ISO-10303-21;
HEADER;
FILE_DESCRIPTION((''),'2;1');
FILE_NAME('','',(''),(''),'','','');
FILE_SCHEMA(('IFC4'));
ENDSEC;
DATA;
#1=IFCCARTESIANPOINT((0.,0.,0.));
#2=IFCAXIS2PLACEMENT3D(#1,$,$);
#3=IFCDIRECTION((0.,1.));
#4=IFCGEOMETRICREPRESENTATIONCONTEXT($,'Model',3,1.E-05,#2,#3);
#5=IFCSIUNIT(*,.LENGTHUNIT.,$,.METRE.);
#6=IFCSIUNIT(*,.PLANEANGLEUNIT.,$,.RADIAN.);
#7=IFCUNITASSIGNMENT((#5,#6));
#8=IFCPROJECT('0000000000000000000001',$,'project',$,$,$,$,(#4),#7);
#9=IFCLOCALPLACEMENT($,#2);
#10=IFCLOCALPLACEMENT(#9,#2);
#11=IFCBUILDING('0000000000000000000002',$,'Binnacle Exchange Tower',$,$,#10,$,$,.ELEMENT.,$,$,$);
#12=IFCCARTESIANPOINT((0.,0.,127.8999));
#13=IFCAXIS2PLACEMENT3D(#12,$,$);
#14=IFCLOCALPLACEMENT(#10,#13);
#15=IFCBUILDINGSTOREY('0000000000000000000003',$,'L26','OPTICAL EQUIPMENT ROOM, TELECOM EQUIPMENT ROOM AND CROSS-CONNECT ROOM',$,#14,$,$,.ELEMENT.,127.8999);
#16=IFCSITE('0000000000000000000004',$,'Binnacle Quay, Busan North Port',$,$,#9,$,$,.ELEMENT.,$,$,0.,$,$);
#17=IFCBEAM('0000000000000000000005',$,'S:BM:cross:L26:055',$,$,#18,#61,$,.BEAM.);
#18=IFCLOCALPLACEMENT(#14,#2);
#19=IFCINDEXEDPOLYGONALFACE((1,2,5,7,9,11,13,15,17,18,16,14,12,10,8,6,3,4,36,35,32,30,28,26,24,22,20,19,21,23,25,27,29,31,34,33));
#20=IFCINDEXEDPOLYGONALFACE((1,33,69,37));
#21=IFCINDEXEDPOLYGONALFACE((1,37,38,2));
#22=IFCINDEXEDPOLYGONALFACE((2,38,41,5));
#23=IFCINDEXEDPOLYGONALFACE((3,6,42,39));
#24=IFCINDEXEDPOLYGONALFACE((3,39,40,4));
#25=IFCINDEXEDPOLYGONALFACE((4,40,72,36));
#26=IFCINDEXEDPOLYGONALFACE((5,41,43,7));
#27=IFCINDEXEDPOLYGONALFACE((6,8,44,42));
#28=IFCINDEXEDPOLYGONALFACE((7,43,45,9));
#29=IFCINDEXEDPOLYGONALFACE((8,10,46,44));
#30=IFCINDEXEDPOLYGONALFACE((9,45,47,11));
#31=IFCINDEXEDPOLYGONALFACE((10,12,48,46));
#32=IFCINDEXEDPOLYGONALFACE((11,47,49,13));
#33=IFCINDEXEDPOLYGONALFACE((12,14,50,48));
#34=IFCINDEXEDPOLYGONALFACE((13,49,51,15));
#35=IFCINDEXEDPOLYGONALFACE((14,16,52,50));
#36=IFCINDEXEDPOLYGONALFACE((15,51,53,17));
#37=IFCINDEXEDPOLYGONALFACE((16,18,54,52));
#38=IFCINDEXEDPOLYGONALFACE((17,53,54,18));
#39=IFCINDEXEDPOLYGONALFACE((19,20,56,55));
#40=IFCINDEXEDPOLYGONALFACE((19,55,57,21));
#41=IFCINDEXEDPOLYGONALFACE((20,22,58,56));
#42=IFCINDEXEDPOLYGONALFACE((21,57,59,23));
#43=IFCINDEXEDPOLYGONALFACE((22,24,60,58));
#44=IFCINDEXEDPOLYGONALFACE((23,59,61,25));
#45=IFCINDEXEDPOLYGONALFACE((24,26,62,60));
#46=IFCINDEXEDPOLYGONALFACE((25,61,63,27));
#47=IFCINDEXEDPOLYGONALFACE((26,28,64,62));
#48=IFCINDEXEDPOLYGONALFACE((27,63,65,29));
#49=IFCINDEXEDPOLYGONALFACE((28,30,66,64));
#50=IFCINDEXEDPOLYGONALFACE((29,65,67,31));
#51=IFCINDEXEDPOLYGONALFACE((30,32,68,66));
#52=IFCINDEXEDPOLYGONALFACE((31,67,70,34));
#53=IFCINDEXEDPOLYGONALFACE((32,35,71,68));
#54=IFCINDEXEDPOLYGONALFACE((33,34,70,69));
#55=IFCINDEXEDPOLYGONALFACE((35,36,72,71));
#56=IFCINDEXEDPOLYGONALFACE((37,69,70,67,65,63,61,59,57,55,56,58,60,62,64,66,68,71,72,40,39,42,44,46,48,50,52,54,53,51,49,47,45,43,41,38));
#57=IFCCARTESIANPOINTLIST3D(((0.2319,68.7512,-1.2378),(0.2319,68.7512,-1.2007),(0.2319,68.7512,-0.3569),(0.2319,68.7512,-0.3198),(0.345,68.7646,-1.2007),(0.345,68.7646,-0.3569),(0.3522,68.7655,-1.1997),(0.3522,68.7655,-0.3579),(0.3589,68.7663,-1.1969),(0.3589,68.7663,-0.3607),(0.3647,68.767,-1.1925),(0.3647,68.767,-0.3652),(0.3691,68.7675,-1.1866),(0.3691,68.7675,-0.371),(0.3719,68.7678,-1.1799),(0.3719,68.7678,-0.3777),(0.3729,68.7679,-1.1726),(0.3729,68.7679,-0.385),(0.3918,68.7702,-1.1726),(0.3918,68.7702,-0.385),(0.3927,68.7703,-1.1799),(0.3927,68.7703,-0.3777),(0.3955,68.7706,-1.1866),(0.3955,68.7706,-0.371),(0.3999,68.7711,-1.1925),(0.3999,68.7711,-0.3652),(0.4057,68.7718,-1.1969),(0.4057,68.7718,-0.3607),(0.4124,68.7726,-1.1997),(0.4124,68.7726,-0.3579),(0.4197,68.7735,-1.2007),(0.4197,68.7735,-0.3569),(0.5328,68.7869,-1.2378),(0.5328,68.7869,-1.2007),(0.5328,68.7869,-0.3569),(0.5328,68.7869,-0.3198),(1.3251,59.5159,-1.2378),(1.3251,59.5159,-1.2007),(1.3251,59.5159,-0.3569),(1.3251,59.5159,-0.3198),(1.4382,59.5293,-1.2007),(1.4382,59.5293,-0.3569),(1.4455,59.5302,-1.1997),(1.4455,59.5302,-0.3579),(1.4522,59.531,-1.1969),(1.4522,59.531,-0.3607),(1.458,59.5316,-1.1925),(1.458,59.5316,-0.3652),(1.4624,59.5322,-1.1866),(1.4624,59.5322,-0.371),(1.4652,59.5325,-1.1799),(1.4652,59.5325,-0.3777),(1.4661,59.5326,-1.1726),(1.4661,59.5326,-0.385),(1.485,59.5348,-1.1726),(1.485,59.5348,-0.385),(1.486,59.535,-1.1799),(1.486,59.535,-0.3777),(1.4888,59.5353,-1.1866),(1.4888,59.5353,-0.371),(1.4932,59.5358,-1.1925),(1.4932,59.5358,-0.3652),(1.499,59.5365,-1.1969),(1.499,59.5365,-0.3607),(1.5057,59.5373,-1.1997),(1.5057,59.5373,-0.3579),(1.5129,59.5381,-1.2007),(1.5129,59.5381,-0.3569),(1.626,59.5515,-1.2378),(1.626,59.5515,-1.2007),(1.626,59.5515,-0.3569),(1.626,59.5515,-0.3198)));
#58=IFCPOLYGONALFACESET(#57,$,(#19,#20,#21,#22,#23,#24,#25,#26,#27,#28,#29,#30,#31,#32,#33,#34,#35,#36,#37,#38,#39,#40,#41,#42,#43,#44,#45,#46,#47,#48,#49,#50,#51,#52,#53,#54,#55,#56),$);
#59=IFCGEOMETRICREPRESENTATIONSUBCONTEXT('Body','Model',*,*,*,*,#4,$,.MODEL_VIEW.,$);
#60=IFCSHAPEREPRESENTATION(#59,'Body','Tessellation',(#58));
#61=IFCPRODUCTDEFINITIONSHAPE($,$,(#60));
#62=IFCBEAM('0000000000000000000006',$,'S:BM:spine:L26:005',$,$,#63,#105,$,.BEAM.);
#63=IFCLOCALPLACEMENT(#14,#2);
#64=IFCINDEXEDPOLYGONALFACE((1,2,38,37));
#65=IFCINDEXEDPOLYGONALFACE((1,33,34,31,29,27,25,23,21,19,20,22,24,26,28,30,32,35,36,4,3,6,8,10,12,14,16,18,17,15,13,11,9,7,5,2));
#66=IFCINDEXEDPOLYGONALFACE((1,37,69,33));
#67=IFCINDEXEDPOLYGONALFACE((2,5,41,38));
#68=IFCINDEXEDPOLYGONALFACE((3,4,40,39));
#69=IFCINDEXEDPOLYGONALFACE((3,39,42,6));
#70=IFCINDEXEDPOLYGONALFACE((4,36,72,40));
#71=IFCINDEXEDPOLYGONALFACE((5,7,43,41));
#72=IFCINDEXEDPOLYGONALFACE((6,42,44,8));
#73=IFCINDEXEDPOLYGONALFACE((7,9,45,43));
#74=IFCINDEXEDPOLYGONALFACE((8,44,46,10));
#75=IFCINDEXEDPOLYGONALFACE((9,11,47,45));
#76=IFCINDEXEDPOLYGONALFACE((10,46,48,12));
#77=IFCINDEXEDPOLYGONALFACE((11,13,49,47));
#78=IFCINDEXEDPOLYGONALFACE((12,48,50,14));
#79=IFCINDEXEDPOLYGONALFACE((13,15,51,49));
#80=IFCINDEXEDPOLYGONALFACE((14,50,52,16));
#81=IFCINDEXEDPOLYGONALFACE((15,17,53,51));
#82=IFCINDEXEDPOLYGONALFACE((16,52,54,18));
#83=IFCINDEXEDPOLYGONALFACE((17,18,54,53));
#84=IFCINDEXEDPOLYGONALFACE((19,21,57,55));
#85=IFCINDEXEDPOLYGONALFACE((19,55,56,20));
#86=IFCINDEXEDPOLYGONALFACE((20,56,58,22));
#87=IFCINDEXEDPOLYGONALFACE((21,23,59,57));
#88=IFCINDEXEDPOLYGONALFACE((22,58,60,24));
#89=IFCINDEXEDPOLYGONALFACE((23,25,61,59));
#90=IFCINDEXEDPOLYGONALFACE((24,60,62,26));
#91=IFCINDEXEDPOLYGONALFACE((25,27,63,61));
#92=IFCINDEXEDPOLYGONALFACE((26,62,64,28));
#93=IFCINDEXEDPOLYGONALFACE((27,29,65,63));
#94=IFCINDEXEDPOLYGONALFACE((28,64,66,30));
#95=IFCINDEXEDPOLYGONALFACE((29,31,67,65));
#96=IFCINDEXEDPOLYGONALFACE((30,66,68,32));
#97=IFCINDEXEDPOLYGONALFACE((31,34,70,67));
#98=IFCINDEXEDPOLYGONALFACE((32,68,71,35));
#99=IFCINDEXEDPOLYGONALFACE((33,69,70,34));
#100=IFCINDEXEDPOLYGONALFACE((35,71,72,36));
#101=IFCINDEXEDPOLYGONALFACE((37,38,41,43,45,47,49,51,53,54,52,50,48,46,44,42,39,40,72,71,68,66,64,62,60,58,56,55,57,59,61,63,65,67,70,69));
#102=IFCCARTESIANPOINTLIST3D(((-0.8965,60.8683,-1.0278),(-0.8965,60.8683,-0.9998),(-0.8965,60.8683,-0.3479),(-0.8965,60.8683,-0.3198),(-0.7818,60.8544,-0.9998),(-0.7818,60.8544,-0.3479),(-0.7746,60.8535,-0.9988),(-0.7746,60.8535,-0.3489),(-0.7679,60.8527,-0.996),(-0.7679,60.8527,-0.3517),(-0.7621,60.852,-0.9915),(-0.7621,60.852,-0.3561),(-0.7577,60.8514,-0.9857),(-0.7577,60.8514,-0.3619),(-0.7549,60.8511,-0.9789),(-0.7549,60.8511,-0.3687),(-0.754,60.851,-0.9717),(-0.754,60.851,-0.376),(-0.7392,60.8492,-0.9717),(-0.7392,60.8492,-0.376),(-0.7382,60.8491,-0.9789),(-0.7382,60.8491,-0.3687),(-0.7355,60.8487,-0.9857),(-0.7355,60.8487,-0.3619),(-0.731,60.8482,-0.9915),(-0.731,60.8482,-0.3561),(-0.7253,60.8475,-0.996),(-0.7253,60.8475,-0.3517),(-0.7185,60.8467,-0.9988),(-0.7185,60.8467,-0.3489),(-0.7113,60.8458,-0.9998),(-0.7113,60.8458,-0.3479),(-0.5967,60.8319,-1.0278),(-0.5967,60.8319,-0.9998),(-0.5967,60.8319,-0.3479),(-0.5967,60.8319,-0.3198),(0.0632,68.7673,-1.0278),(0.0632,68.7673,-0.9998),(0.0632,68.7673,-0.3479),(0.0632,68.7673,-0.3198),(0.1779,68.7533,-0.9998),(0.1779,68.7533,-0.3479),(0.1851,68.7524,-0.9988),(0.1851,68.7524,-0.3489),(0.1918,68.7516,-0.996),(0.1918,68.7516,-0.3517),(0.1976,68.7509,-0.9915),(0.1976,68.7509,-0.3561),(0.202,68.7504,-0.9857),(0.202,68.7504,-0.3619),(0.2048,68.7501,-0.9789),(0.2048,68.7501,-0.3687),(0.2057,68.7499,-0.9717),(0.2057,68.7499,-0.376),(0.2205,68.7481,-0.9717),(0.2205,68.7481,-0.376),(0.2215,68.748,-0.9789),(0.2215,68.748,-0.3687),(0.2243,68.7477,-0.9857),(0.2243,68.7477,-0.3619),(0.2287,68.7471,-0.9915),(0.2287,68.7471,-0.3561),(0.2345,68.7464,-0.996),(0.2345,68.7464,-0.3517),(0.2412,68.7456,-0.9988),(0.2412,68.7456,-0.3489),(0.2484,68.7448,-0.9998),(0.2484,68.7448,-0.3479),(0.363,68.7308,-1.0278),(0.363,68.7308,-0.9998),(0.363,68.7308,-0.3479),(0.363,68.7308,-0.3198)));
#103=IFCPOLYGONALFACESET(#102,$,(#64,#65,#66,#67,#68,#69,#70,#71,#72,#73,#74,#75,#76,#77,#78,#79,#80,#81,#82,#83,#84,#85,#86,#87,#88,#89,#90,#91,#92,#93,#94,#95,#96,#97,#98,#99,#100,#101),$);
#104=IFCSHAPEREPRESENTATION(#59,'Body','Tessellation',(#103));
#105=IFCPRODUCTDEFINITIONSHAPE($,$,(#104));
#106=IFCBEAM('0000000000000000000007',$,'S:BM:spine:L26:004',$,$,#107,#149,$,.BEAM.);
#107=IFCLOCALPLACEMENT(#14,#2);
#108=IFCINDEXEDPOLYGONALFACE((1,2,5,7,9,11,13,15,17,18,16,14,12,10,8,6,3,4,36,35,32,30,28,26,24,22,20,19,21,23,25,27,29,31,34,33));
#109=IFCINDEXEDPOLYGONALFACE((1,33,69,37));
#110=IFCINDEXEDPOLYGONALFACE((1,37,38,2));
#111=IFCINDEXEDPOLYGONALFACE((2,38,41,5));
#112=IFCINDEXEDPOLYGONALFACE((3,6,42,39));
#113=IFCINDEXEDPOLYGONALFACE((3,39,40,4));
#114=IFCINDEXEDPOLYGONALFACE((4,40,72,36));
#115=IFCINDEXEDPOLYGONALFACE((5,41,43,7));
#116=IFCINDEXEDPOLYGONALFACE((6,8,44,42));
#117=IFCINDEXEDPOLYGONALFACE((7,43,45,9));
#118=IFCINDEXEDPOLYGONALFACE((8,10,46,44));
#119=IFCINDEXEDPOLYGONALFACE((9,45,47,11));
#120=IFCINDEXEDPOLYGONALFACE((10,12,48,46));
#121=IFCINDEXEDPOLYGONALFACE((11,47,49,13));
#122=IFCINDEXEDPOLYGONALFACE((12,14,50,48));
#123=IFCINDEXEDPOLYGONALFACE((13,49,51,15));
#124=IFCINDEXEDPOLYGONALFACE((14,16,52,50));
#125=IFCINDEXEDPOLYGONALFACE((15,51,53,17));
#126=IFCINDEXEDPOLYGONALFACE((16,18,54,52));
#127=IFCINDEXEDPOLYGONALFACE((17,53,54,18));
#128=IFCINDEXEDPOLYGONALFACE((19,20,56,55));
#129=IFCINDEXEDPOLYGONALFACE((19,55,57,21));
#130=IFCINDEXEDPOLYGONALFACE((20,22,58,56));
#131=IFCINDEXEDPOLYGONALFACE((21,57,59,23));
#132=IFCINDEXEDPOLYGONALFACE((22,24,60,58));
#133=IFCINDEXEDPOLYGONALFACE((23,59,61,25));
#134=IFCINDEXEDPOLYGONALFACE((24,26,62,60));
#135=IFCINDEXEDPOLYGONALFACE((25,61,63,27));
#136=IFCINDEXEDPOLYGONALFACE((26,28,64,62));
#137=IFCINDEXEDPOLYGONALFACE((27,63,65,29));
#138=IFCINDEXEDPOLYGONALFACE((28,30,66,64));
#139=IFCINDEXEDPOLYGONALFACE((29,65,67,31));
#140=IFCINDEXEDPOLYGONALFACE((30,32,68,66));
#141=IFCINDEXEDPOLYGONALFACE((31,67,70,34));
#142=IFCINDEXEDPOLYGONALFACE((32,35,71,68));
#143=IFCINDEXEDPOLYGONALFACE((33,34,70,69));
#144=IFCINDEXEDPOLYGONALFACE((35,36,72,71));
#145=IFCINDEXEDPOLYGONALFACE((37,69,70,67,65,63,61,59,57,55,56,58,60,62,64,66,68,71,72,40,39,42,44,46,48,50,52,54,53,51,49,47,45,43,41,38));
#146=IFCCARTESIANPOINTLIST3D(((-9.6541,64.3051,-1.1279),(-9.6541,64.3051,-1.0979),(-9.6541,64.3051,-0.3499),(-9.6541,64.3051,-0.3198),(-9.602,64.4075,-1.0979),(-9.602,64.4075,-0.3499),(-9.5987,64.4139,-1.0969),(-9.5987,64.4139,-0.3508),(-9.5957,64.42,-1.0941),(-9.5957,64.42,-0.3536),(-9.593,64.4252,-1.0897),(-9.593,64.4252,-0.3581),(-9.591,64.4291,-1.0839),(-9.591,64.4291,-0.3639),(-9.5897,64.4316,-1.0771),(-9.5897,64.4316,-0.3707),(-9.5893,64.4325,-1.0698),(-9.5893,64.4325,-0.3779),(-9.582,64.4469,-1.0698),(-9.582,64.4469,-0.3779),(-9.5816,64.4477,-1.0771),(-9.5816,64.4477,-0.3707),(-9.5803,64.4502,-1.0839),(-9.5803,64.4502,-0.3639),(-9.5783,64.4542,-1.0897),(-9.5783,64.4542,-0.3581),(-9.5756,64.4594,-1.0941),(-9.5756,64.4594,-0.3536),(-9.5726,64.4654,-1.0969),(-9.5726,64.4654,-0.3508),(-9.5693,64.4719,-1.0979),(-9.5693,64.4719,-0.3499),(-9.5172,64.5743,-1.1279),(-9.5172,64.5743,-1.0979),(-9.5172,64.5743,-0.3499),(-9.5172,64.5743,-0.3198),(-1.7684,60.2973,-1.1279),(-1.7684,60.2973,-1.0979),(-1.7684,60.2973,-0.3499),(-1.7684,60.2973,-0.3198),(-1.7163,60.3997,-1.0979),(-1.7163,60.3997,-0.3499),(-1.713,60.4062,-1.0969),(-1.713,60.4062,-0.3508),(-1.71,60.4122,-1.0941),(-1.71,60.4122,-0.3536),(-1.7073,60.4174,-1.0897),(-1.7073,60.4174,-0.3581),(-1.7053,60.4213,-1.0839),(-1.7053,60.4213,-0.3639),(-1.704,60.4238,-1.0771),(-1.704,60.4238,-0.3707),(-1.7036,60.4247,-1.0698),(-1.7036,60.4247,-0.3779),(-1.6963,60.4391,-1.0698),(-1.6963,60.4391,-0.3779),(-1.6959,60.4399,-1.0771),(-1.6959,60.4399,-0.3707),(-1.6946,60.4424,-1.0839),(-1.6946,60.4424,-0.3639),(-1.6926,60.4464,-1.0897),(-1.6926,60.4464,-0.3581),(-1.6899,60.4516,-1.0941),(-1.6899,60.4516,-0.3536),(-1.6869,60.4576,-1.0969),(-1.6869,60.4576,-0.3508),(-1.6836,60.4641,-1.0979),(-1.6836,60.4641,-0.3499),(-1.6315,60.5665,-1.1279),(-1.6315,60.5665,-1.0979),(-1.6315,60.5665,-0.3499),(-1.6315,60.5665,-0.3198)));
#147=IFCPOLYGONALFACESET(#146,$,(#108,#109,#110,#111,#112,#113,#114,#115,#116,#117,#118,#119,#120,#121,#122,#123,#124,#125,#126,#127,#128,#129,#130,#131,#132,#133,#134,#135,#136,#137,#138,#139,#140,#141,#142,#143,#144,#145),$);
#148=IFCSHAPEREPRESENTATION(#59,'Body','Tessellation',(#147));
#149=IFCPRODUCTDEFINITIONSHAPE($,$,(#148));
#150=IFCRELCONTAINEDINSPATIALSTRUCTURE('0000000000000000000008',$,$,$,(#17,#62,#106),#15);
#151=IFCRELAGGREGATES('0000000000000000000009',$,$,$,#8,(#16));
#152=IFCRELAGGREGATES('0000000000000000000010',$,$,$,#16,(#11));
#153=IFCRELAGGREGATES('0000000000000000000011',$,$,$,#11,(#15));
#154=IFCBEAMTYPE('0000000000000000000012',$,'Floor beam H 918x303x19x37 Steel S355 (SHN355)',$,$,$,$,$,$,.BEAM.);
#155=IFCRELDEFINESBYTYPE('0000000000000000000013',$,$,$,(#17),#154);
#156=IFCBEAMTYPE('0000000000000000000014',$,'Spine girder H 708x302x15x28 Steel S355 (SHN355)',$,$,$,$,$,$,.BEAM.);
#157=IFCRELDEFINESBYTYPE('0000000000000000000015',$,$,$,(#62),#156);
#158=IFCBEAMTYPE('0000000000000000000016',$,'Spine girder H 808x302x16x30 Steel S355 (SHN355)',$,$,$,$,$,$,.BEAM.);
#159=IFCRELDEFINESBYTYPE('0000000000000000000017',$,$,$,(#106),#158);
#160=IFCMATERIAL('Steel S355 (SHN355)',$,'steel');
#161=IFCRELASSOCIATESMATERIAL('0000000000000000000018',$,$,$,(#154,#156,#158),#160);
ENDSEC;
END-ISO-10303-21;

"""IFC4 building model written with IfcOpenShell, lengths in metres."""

from ifc_helpers import new_model, si_unit, direction, frame, origin, origin_2d, place, context, subcontext, project, spatial, i_section, extrude, material, material_profile, profile_set, type_object, element, save


model = new_model("IFC4")

# Units and contexts
model_context = context("Model", 3, precision=1e-05, world=origin(), true_north=direction((0.0, 1.0)))
body_context = subcontext(model_context, "Body", "Model", "MODEL_VIEW")
ifc_project = project(units=[si_unit("LENGTHUNIT", "METRE"), si_unit("PLANEANGLEUNIT", "RADIAN")], contexts=[model_context])

# Site, building, storey
site_placement = place(None, origin())
site = spatial("IfcSite", under=ifc_project, at=site_placement, Name="Binnacle Quay, Busan North Port", CompositionType="ELEMENT", RefElevation=0.0)
building_placement = place(site_placement, origin())
building = spatial("IfcBuilding", under=site, at=building_placement, Name="Binnacle Exchange Tower", CompositionType="ELEMENT")
storey_placement = place(building_placement, frame((0.0, 0.0, 127.8999)))
storey = spatial("IfcBuildingStorey", under=building, at=storey_placement, Name="L26", Description="OPTICAL EQUIPMENT ROOM, TELECOM EQUIPMENT ROOM AND CROSS-CONNECT ROOM", CompositionType="ELEMENT", Elevation=127.8999)

# Beams
ifc_material_1 = material(Name="Steel S355 (SHN355)", Category="steel")
ifc_material_profile_1 = material_profile(ifc_material_1, i_section(OverallWidth=0.303, OverallDepth=0.918, WebThickness=0.019, FlangeThickness=0.0371, FilletRadius=0.0281, at=origin_2d()), Name="H 918x303x19x37")
ifc_profile_set_1 = profile_set([ifc_material_profile_1], Name="Steel S355 (SHN355)")
beam_type_1 = type_object("IfcBeamType", Name="Floor beam H 918x303x19x37 Steel S355 (SHN355)", PredefinedType="BEAM", material=ifc_profile_set_1)
beam_1_placement = place(storey_placement, frame((0.3823, 68.769, -0.7788), z_axis=(0.117557, -0.993066, 0.0), x_axis=(0.993066, 0.117557, 0.0)))
element("IfcBeam", 1, at=beam_1_placement, inside=storey, type_object=beam_type_1, Name="S:BM:cross:L26:055", PredefinedType="BEAM", context=body_context, shape_type="SweptSolid", body=[
    extrude(i_section(OverallWidth=0.303, OverallDepth=0.918, WebThickness=0.019, FlangeThickness=0.0371, FilletRadius=0.0281, at=origin_2d()), origin(), (0.0, 0.0, 1.0), 9.2998),
])
ifc_material_profile_2 = material_profile(ifc_material_1, i_section(OverallWidth=0.302, OverallDepth=0.708, WebThickness=0.0149, FlangeThickness=0.0281, FilletRadius=0.0281, at=origin_2d()), Name="H 708x302x15x28")
ifc_profile_set_2 = profile_set([ifc_material_profile_2], Name="Steel S355 (SHN355)")
beam_type_2 = type_object("IfcBeamType", Name="Spine girder H 708x302x15x28 Steel S355 (SHN355)", PredefinedType="BEAM", material=ifc_profile_set_2)
beam_2_placement = place(storey_placement, frame((-0.7466, 60.8501, -0.6738), z_axis=(0.120613, 0.9927, 0.0), x_axis=(-0.9927, 0.120613, 0.0)))
element("IfcBeam", 2, at=beam_2_placement, inside=storey, type_object=beam_type_2, Name="S:BM:spine:L26:005", PredefinedType="BEAM", context=body_context, shape_type="SweptSolid", body=[
    extrude(i_section(OverallWidth=0.302, OverallDepth=0.708, WebThickness=0.0149, FlangeThickness=0.0281, FilletRadius=0.0281, at=origin_2d()), origin(), (0.0, 0.0, 1.0), 7.957),
])
ifc_material_profile_3 = material_profile(ifc_material_1, i_section(OverallWidth=0.302, OverallDepth=0.8081, WebThickness=0.0161, FlangeThickness=0.03, FilletRadius=0.0281, at=origin_2d()), Name="H 808x302x16x30")
ifc_profile_set_3 = profile_set([ifc_material_profile_3], Name="Steel S355 (SHN355)")
beam_type_3 = type_object("IfcBeamType", Name="Spine girder H 808x302x16x30 Steel S355 (SHN355)", PredefinedType="BEAM", material=ifc_profile_set_3)
beam_3_placement = place(storey_placement, frame((-1.7, 60.4319, -0.7239), z_axis=(-0.891471, 0.453077, 0.0), x_axis=(-0.453077, -0.891471, 0.0)))
element("IfcBeam", 3, at=beam_3_placement, inside=storey, type_object=beam_type_3, Name="S:BM:spine:L26:004", PredefinedType="BEAM", context=body_context, shape_type="SweptSolid", body=[
    extrude(i_section(OverallWidth=0.302, OverallDepth=0.8081, WebThickness=0.0161, FlangeThickness=0.03, FilletRadius=0.0281, at=origin_2d()), origin(), (0.0, 0.0, 1.0), 8.8457),
])

save(model, "model.ifc")
